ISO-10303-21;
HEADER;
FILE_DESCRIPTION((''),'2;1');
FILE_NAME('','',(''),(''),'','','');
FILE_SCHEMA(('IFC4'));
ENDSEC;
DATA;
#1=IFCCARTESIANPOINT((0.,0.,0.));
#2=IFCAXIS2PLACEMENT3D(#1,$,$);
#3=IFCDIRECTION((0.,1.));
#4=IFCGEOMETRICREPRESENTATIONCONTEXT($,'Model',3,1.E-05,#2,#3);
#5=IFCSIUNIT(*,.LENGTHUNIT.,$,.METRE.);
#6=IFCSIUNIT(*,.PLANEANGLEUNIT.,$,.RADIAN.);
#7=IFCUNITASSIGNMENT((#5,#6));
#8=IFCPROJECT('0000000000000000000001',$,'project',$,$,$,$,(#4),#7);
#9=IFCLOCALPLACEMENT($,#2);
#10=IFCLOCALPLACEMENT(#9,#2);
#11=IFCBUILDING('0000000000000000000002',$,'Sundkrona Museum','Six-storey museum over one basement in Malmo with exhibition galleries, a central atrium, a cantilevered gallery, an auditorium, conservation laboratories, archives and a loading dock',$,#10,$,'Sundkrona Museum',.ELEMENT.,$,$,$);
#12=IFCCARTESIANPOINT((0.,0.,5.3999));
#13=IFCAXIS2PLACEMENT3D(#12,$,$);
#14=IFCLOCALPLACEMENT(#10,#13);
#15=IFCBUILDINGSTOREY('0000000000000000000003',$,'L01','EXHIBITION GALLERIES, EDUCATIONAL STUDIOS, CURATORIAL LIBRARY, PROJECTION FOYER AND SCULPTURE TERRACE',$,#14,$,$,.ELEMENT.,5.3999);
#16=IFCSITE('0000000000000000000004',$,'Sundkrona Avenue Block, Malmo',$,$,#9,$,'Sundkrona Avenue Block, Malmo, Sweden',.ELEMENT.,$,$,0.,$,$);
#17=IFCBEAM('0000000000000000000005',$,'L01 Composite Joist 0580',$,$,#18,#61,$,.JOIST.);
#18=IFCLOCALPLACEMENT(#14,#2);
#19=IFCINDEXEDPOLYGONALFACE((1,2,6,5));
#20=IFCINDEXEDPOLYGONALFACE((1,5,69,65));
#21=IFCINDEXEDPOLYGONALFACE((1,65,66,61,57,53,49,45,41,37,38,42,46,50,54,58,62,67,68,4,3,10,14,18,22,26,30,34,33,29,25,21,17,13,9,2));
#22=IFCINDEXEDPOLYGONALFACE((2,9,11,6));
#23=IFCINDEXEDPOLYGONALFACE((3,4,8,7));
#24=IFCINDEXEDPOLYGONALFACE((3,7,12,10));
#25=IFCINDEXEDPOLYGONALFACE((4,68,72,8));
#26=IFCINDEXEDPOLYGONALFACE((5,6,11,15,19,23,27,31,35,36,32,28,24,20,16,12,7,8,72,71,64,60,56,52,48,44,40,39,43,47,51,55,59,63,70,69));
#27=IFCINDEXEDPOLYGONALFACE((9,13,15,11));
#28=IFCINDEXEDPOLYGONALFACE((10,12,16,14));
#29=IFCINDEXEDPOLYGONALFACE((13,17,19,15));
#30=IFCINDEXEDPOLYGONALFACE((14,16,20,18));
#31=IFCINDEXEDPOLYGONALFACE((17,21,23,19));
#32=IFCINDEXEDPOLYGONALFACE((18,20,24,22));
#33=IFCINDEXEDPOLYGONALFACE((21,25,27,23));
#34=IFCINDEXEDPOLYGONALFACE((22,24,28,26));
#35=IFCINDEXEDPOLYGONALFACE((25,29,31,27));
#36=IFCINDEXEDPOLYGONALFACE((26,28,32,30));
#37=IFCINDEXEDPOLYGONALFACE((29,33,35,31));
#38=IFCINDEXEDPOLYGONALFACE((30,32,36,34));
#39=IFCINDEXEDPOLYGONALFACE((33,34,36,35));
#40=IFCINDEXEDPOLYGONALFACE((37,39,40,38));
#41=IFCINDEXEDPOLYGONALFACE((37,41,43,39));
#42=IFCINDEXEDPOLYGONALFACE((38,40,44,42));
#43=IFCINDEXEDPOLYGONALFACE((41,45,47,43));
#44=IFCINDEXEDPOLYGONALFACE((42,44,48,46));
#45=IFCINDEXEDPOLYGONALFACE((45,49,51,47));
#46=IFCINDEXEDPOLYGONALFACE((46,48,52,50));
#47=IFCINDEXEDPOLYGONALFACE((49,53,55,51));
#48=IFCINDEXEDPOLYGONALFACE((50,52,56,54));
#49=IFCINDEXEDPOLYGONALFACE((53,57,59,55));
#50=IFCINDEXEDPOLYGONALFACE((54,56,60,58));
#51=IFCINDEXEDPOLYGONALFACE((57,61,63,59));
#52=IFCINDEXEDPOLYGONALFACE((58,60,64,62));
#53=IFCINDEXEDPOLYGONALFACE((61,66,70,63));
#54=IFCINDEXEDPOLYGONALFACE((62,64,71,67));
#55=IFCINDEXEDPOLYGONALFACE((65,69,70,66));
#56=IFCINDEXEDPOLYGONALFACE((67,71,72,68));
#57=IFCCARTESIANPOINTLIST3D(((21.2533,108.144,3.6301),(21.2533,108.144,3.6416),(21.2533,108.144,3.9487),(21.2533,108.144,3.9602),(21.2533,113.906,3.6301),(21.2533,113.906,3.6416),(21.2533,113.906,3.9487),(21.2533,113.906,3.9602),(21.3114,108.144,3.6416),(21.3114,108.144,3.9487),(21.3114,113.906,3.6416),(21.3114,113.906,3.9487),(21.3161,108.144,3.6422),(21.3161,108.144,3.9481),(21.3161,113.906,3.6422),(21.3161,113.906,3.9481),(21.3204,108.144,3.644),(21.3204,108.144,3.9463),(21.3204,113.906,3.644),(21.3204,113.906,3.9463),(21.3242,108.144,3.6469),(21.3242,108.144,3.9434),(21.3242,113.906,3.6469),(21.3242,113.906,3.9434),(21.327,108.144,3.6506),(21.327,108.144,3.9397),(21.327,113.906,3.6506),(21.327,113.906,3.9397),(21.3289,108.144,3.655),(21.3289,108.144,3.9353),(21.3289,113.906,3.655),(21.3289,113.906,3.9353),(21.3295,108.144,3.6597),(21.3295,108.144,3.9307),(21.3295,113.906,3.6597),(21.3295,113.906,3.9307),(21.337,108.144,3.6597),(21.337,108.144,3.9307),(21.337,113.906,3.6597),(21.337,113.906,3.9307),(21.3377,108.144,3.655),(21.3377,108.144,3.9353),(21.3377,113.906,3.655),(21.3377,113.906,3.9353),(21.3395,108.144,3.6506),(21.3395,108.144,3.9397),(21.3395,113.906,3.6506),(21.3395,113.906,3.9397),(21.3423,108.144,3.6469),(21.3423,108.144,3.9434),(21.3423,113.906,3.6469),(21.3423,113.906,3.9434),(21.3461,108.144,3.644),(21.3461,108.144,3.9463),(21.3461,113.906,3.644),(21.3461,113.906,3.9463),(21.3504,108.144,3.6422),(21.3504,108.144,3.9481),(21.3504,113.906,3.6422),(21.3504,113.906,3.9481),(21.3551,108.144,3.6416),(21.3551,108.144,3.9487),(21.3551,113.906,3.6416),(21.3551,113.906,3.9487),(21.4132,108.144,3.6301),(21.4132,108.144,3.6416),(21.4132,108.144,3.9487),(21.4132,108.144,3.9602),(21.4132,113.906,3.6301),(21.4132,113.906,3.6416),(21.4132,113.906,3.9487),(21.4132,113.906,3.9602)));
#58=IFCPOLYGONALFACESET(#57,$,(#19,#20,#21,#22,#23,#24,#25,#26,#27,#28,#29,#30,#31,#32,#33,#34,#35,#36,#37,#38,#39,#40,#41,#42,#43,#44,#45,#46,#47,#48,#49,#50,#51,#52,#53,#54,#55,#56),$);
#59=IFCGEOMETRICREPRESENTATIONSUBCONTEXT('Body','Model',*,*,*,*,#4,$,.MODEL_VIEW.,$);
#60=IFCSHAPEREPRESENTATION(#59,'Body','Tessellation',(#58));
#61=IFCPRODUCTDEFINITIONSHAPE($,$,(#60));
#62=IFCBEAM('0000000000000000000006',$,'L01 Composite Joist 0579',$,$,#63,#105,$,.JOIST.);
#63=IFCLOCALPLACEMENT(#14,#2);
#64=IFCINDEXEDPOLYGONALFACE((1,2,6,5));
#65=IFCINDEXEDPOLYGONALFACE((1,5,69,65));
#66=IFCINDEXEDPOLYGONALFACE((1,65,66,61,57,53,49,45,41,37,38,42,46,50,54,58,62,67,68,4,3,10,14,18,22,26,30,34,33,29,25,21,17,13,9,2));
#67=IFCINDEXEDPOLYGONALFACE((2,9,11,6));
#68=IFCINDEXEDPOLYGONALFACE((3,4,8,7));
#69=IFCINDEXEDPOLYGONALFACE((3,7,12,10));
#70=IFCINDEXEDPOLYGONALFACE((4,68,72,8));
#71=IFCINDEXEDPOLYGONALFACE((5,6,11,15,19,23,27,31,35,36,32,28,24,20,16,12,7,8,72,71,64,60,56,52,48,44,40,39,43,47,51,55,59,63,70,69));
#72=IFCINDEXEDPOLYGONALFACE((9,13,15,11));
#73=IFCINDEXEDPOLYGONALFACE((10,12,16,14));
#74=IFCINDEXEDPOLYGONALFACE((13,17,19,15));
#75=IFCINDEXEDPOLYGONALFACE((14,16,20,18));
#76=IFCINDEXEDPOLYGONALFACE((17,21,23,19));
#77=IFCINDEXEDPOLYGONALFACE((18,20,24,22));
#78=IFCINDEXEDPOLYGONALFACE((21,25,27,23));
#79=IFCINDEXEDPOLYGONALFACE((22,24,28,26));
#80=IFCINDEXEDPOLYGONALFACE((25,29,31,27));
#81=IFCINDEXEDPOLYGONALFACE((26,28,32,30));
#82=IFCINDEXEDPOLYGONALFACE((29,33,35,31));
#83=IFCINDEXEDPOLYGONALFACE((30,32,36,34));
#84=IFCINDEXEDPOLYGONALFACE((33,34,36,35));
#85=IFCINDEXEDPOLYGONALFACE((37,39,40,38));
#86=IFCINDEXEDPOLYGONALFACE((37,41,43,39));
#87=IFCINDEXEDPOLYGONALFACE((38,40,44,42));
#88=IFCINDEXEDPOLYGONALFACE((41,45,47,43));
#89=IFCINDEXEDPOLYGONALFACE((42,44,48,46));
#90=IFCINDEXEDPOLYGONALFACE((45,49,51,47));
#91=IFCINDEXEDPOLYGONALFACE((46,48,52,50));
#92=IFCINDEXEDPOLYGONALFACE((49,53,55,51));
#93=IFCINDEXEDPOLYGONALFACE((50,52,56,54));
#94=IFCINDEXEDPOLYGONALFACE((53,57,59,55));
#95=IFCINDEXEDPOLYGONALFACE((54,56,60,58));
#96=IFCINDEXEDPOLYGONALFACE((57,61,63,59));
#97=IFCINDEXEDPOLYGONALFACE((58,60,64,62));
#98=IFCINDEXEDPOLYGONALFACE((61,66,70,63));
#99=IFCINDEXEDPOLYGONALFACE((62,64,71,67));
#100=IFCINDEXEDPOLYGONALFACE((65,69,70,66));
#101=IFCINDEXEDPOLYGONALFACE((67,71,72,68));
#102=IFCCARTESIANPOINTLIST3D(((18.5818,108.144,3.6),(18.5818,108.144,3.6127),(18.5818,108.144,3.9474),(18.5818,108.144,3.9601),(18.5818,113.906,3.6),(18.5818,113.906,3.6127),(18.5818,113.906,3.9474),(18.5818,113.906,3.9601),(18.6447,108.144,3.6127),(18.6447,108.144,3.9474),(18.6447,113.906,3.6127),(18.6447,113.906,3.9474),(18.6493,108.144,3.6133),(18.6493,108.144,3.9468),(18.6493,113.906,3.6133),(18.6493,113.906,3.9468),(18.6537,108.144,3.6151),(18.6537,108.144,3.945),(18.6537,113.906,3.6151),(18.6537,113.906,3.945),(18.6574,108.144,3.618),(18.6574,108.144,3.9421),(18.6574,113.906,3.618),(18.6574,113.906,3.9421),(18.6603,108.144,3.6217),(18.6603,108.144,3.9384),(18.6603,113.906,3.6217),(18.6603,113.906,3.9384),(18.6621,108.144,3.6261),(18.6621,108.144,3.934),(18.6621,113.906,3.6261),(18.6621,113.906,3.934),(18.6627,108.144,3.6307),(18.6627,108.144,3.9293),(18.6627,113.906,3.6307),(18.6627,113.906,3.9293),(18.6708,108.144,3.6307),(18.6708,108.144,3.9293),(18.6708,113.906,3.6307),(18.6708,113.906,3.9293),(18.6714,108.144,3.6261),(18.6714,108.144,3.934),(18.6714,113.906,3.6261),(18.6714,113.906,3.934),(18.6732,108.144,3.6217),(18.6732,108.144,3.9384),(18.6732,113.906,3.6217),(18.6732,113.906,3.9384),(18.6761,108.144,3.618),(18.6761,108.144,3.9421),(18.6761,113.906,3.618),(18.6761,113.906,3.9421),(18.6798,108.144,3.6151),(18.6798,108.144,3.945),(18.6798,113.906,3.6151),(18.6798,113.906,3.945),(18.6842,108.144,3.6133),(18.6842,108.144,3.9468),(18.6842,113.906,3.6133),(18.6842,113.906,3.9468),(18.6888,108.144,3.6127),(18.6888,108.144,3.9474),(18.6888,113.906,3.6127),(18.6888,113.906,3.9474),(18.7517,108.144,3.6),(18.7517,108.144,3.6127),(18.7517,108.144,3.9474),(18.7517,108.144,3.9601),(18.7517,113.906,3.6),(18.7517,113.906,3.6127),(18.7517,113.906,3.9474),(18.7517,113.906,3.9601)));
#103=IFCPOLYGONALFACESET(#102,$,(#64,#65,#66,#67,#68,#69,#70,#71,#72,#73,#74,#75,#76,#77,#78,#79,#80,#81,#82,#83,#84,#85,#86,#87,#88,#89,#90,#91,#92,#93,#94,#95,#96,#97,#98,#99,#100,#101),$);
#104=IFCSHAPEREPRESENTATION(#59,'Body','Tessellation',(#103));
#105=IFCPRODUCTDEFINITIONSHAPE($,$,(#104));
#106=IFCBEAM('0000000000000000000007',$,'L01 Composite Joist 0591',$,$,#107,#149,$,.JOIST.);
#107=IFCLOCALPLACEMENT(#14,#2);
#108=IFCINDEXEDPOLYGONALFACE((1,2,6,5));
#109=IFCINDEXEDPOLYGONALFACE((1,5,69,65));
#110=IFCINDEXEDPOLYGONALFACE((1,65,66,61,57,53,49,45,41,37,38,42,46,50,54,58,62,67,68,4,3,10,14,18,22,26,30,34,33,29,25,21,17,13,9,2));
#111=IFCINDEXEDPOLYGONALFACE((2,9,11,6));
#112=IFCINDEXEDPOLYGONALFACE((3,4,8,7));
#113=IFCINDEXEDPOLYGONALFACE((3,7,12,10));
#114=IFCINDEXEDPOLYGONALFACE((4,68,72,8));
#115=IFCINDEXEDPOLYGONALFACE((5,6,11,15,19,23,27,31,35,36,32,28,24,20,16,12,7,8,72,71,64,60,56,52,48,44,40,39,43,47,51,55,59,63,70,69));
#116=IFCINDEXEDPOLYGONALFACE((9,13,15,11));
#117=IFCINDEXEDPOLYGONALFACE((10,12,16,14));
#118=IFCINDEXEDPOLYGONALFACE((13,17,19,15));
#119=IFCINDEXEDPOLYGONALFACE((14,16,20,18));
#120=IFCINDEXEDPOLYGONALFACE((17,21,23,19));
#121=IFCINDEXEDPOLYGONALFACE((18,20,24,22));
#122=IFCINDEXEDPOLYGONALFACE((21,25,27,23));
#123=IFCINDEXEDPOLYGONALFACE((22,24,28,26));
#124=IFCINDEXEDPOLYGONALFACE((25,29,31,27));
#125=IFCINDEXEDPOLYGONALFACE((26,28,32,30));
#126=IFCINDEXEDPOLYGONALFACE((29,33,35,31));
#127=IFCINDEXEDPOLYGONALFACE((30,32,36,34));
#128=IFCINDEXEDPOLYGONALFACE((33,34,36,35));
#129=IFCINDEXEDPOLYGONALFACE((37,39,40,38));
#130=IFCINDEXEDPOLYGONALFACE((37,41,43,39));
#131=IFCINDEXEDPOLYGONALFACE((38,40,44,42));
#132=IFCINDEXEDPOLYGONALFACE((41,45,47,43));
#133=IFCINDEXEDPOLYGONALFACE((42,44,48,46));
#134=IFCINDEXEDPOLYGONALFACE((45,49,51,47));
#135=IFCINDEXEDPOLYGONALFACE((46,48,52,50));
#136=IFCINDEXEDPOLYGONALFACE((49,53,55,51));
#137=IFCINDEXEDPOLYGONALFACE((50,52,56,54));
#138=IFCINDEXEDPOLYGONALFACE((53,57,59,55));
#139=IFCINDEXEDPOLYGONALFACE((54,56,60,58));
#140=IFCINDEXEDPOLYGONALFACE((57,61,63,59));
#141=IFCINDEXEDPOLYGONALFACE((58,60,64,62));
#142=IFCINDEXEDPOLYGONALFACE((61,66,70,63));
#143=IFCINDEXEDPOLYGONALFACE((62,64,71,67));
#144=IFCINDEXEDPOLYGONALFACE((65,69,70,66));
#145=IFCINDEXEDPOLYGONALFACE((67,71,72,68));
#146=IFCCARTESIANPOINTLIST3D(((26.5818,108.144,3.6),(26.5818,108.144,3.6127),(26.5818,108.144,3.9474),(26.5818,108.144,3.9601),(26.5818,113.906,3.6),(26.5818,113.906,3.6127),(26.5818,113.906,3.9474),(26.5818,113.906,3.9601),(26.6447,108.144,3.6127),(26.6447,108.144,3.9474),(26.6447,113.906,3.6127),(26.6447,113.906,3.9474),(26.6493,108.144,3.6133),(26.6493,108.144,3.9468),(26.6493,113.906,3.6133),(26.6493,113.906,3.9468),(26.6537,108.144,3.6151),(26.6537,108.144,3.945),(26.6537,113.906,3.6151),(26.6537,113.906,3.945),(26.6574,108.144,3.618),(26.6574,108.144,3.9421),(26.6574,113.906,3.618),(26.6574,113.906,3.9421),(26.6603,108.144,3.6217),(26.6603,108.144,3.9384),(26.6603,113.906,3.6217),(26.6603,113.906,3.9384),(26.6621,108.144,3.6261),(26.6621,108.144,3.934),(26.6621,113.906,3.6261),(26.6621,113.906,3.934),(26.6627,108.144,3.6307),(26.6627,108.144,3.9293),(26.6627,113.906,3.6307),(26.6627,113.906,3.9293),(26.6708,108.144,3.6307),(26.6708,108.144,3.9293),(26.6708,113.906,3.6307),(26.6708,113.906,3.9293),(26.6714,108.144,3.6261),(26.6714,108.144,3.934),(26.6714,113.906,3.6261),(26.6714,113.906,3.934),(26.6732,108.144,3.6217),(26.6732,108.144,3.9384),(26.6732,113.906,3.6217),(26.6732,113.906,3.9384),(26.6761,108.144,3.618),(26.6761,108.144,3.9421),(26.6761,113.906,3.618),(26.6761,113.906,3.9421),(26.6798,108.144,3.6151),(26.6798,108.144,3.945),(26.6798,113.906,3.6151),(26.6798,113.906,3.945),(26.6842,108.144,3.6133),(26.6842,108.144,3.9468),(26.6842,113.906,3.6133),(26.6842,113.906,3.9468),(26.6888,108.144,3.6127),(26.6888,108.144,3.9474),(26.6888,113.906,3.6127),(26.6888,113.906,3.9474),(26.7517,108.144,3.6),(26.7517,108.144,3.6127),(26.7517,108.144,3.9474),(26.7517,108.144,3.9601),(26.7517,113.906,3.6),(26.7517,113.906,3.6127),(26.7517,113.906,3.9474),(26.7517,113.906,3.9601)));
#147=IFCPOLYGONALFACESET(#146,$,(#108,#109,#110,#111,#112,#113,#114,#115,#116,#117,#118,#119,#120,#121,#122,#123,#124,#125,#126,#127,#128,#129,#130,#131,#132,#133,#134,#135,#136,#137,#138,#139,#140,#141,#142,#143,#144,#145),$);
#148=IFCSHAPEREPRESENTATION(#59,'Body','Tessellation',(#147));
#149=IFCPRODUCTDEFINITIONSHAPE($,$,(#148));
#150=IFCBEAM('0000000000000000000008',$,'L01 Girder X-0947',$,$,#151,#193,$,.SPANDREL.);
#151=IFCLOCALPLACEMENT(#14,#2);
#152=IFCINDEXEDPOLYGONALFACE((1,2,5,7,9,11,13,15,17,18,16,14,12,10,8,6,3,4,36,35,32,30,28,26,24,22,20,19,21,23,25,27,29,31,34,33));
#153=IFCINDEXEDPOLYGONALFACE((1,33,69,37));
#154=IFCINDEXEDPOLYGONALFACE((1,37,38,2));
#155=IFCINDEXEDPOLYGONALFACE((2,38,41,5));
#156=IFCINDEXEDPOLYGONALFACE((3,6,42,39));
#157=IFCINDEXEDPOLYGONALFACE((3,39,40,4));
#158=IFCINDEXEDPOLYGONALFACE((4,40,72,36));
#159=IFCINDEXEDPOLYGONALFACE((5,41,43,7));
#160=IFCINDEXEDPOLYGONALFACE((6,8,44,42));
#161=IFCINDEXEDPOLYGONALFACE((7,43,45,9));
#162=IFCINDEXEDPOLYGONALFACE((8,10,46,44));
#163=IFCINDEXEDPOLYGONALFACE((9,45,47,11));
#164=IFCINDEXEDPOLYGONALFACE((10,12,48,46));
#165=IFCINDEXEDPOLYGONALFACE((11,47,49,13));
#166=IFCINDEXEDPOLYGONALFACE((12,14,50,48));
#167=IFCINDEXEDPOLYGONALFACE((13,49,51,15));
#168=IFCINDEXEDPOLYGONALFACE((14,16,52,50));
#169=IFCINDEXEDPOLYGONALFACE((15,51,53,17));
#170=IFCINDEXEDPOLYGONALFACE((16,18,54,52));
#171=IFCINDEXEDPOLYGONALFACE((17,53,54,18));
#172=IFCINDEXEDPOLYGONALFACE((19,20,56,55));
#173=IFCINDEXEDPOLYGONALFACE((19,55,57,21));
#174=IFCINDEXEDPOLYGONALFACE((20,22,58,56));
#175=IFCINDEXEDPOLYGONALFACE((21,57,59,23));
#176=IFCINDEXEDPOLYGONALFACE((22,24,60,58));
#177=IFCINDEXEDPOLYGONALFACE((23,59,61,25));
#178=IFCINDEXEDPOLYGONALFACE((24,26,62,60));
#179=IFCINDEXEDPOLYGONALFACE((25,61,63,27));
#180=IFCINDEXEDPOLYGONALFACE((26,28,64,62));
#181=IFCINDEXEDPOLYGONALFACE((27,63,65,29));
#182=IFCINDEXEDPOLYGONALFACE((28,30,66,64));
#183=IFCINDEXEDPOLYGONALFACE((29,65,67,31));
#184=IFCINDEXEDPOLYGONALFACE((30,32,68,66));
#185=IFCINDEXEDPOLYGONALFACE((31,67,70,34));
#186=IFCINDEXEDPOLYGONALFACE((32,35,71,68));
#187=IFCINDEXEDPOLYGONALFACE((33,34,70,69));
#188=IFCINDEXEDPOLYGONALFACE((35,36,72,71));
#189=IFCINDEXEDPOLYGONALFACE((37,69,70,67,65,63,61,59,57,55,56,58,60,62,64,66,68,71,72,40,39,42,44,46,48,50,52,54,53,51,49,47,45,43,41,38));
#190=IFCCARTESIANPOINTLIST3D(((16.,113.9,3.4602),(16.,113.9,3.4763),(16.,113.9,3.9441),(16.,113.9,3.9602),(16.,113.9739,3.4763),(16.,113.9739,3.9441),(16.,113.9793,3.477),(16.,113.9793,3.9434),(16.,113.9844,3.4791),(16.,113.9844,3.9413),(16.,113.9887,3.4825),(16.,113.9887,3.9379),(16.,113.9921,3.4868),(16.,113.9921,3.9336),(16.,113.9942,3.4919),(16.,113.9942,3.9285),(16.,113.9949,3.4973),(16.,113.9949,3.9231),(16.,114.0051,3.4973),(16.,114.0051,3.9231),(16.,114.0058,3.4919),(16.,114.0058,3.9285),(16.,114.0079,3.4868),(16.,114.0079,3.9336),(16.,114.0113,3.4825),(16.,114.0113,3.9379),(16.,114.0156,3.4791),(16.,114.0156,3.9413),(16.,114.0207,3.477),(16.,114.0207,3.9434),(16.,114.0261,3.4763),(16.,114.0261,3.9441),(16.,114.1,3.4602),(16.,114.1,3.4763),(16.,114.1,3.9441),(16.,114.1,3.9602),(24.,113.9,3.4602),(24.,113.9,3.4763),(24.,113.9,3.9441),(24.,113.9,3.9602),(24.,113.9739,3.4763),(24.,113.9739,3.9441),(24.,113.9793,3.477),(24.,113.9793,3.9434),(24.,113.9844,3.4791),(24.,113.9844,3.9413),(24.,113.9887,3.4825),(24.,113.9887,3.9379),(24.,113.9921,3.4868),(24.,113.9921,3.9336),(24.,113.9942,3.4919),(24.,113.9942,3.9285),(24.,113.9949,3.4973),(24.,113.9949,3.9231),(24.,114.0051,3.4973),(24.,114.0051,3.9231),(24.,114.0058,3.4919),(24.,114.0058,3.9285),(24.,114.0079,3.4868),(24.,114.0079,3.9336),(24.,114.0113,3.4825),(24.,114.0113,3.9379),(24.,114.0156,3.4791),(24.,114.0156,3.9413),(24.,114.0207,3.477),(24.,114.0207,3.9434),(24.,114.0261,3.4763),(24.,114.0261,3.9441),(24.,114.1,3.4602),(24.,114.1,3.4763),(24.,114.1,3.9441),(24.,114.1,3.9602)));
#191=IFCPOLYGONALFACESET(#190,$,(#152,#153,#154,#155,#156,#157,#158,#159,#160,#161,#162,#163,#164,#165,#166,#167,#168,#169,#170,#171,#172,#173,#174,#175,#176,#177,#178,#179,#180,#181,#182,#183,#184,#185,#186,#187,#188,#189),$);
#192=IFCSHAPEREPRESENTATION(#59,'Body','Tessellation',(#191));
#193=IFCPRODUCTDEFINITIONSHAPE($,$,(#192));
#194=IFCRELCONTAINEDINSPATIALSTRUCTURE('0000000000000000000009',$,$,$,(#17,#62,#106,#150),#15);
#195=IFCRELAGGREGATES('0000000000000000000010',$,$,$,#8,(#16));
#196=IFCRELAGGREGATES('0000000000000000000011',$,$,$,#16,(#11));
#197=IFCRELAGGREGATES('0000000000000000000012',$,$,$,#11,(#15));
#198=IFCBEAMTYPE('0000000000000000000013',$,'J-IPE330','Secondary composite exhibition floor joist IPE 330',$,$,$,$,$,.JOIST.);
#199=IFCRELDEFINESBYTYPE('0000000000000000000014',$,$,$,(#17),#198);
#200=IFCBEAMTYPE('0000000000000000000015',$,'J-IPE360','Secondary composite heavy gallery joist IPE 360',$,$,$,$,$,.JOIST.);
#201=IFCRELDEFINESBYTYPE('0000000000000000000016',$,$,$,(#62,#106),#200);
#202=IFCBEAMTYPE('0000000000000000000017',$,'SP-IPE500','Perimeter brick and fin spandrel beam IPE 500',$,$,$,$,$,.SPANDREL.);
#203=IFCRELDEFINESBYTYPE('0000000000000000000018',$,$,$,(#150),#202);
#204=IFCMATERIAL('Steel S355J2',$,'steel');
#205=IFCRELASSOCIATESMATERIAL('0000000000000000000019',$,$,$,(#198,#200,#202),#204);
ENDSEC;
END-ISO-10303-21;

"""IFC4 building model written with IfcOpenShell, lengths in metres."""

from ifc_helpers import new_model, si_unit, direction, frame, origin, origin_2d, place, context, subcontext, project, spatial, i_section, extrude, material, material_profile, profile_set, type_object, element, save


model = new_model("IFC4")

# Units and contexts
model_context = context("Model", 3, precision=1e-05, world=origin(), true_north=direction((0.0, 1.0)))
body_context = subcontext(model_context, "Body", "Model", "MODEL_VIEW")
ifc_project = project(units=[si_unit("LENGTHUNIT", "METRE"), si_unit("PLANEANGLEUNIT", "RADIAN")], contexts=[model_context])

# Site, building, storey
site_placement = place(None, origin())
site = spatial("IfcSite", under=ifc_project, at=site_placement, Name="Sundkrona Avenue Block, Malmo", LongName="Sundkrona Avenue Block, Malmo, Sweden", CompositionType="ELEMENT", RefElevation=0.0)
building_placement = place(site_placement, origin())
building = spatial("IfcBuilding", under=site, at=building_placement, Name="Sundkrona Museum", Description="Six-storey museum over one basement in Malmo with exhibition galleries, a central atrium, a cantilevered gallery, an auditorium, conservation laboratories, archives and a loading dock", LongName="Sundkrona Museum", CompositionType="ELEMENT")
storey_placement = place(building_placement, frame((0.0, 0.0, 5.3999)))
storey = spatial("IfcBuildingStorey", under=building, at=storey_placement, Name="L01", Description="EXHIBITION GALLERIES, EDUCATIONAL STUDIOS, CURATORIAL LIBRARY, PROJECTION FOYER AND SCULPTURE TERRACE", CompositionType="ELEMENT", Elevation=5.3999)

# Shared definitions
ifc_material_1 = material(Name="Steel S355J2", Category="steel")

# Beams
ifc_material_profile_1 = material_profile(ifc_material_1, i_section(OverallWidth=0.1599, OverallDepth=0.3301, WebThickness=0.0076, FlangeThickness=0.0115, FilletRadius=0.0181, at=origin_2d()), Name="IPE 330")
ifc_profile_set_1 = profile_set([ifc_material_profile_1], Name="Steel S355J2")
beam_type_1 = type_object("IfcBeamType", Name="J-IPE330", Description="Secondary composite exhibition floor joist IPE 330", PredefinedType="JOIST", material=ifc_profile_set_1)
beam_1_placement = place(storey_placement, frame((21.3333, 108.144, 3.7952), z_axis=(0.0, 1.0, 0.0), x_axis=(-1.0, 0.0, 0.0)))
element("IfcBeam", 1, at=beam_1_placement, inside=storey, type_object=beam_type_1, Name="L01 Composite Joist 0580", PredefinedType="JOIST", context=body_context, shape_type="SweptSolid", body=[
    extrude(i_section(OverallWidth=0.1599, OverallDepth=0.3301, WebThickness=0.0076, FlangeThickness=0.0115, FilletRadius=0.0181, at=origin_2d()), origin(), (0.0, 0.0, 1.0), 5.762),
])
ifc_material_profile_2 = material_profile(ifc_material_1, i_section(OverallWidth=0.1699, OverallDepth=0.3601, WebThickness=0.0081, FlangeThickness=0.0127, FilletRadius=0.0181, at=origin_2d()), Name="IPE 360")
ifc_profile_set_2 = profile_set([ifc_material_profile_2], Name="Steel S355J2")
beam_type_2 = type_object("IfcBeamType", Name="J-IPE360", Description="Secondary composite heavy gallery joist IPE 360", PredefinedType="JOIST", material=ifc_profile_set_2)
for number, where, z_axis, x_axis, name in (
    (2, (18.6667, 108.144, 3.78), (0.0, 1.0, 0.0), (-1.0, 0.0, 0.0), "L01 Composite Joist 0579"),
    (3, (26.6667, 108.144, 3.78), (0.0, 1.0, 0.0), (-1.0, 0.0, 0.0), "L01 Composite Joist 0591"),
):
    element("IfcBeam", number, at=place(storey_placement, frame(where, z_axis=z_axis, x_axis=x_axis)), inside=storey, type_object=beam_type_2, Name=name, PredefinedType="JOIST", context=body_context, shape_type="SweptSolid", body=[
        extrude(i_section(OverallWidth=0.1699, OverallDepth=0.3601, WebThickness=0.0081, FlangeThickness=0.0127, FilletRadius=0.0181, at=origin_2d()), origin(), (0.0, 0.0, 1.0), 5.762),
    ])
ifc_material_profile_3 = material_profile(ifc_material_1, i_section(OverallWidth=0.2, OverallDepth=0.5, WebThickness=0.0103, FlangeThickness=0.0161, FilletRadius=0.021, at=origin_2d()), Name="IPE 500")
ifc_profile_set_3 = profile_set([ifc_material_profile_3], Name="Steel S355J2")
beam_type_3 = type_object("IfcBeamType", Name="SP-IPE500", Description="Perimeter brick and fin spandrel beam IPE 500", PredefinedType="SPANDREL", material=ifc_profile_set_3)
for number, where, z_axis, x_axis, name in (
    (4, (16.0, 114.0, 3.7102), (1.0, 0.0, 0.0), (0.0, 1.0, 0.0), "L01 Girder X-0947"),
):
    element("IfcBeam", number, at=place(storey_placement, frame(where, z_axis=z_axis, x_axis=x_axis)), inside=storey, type_object=beam_type_3, Name=name, PredefinedType="SPANDREL", context=body_context, shape_type="SweptSolid", body=[
        extrude(i_section(OverallWidth=0.2, OverallDepth=0.5, WebThickness=0.0103, FlangeThickness=0.0161, FilletRadius=0.021, at=origin_2d()), origin(), (0.0, 0.0, 1.0), 8.0),
    ])

save(model, "model.ifc")
